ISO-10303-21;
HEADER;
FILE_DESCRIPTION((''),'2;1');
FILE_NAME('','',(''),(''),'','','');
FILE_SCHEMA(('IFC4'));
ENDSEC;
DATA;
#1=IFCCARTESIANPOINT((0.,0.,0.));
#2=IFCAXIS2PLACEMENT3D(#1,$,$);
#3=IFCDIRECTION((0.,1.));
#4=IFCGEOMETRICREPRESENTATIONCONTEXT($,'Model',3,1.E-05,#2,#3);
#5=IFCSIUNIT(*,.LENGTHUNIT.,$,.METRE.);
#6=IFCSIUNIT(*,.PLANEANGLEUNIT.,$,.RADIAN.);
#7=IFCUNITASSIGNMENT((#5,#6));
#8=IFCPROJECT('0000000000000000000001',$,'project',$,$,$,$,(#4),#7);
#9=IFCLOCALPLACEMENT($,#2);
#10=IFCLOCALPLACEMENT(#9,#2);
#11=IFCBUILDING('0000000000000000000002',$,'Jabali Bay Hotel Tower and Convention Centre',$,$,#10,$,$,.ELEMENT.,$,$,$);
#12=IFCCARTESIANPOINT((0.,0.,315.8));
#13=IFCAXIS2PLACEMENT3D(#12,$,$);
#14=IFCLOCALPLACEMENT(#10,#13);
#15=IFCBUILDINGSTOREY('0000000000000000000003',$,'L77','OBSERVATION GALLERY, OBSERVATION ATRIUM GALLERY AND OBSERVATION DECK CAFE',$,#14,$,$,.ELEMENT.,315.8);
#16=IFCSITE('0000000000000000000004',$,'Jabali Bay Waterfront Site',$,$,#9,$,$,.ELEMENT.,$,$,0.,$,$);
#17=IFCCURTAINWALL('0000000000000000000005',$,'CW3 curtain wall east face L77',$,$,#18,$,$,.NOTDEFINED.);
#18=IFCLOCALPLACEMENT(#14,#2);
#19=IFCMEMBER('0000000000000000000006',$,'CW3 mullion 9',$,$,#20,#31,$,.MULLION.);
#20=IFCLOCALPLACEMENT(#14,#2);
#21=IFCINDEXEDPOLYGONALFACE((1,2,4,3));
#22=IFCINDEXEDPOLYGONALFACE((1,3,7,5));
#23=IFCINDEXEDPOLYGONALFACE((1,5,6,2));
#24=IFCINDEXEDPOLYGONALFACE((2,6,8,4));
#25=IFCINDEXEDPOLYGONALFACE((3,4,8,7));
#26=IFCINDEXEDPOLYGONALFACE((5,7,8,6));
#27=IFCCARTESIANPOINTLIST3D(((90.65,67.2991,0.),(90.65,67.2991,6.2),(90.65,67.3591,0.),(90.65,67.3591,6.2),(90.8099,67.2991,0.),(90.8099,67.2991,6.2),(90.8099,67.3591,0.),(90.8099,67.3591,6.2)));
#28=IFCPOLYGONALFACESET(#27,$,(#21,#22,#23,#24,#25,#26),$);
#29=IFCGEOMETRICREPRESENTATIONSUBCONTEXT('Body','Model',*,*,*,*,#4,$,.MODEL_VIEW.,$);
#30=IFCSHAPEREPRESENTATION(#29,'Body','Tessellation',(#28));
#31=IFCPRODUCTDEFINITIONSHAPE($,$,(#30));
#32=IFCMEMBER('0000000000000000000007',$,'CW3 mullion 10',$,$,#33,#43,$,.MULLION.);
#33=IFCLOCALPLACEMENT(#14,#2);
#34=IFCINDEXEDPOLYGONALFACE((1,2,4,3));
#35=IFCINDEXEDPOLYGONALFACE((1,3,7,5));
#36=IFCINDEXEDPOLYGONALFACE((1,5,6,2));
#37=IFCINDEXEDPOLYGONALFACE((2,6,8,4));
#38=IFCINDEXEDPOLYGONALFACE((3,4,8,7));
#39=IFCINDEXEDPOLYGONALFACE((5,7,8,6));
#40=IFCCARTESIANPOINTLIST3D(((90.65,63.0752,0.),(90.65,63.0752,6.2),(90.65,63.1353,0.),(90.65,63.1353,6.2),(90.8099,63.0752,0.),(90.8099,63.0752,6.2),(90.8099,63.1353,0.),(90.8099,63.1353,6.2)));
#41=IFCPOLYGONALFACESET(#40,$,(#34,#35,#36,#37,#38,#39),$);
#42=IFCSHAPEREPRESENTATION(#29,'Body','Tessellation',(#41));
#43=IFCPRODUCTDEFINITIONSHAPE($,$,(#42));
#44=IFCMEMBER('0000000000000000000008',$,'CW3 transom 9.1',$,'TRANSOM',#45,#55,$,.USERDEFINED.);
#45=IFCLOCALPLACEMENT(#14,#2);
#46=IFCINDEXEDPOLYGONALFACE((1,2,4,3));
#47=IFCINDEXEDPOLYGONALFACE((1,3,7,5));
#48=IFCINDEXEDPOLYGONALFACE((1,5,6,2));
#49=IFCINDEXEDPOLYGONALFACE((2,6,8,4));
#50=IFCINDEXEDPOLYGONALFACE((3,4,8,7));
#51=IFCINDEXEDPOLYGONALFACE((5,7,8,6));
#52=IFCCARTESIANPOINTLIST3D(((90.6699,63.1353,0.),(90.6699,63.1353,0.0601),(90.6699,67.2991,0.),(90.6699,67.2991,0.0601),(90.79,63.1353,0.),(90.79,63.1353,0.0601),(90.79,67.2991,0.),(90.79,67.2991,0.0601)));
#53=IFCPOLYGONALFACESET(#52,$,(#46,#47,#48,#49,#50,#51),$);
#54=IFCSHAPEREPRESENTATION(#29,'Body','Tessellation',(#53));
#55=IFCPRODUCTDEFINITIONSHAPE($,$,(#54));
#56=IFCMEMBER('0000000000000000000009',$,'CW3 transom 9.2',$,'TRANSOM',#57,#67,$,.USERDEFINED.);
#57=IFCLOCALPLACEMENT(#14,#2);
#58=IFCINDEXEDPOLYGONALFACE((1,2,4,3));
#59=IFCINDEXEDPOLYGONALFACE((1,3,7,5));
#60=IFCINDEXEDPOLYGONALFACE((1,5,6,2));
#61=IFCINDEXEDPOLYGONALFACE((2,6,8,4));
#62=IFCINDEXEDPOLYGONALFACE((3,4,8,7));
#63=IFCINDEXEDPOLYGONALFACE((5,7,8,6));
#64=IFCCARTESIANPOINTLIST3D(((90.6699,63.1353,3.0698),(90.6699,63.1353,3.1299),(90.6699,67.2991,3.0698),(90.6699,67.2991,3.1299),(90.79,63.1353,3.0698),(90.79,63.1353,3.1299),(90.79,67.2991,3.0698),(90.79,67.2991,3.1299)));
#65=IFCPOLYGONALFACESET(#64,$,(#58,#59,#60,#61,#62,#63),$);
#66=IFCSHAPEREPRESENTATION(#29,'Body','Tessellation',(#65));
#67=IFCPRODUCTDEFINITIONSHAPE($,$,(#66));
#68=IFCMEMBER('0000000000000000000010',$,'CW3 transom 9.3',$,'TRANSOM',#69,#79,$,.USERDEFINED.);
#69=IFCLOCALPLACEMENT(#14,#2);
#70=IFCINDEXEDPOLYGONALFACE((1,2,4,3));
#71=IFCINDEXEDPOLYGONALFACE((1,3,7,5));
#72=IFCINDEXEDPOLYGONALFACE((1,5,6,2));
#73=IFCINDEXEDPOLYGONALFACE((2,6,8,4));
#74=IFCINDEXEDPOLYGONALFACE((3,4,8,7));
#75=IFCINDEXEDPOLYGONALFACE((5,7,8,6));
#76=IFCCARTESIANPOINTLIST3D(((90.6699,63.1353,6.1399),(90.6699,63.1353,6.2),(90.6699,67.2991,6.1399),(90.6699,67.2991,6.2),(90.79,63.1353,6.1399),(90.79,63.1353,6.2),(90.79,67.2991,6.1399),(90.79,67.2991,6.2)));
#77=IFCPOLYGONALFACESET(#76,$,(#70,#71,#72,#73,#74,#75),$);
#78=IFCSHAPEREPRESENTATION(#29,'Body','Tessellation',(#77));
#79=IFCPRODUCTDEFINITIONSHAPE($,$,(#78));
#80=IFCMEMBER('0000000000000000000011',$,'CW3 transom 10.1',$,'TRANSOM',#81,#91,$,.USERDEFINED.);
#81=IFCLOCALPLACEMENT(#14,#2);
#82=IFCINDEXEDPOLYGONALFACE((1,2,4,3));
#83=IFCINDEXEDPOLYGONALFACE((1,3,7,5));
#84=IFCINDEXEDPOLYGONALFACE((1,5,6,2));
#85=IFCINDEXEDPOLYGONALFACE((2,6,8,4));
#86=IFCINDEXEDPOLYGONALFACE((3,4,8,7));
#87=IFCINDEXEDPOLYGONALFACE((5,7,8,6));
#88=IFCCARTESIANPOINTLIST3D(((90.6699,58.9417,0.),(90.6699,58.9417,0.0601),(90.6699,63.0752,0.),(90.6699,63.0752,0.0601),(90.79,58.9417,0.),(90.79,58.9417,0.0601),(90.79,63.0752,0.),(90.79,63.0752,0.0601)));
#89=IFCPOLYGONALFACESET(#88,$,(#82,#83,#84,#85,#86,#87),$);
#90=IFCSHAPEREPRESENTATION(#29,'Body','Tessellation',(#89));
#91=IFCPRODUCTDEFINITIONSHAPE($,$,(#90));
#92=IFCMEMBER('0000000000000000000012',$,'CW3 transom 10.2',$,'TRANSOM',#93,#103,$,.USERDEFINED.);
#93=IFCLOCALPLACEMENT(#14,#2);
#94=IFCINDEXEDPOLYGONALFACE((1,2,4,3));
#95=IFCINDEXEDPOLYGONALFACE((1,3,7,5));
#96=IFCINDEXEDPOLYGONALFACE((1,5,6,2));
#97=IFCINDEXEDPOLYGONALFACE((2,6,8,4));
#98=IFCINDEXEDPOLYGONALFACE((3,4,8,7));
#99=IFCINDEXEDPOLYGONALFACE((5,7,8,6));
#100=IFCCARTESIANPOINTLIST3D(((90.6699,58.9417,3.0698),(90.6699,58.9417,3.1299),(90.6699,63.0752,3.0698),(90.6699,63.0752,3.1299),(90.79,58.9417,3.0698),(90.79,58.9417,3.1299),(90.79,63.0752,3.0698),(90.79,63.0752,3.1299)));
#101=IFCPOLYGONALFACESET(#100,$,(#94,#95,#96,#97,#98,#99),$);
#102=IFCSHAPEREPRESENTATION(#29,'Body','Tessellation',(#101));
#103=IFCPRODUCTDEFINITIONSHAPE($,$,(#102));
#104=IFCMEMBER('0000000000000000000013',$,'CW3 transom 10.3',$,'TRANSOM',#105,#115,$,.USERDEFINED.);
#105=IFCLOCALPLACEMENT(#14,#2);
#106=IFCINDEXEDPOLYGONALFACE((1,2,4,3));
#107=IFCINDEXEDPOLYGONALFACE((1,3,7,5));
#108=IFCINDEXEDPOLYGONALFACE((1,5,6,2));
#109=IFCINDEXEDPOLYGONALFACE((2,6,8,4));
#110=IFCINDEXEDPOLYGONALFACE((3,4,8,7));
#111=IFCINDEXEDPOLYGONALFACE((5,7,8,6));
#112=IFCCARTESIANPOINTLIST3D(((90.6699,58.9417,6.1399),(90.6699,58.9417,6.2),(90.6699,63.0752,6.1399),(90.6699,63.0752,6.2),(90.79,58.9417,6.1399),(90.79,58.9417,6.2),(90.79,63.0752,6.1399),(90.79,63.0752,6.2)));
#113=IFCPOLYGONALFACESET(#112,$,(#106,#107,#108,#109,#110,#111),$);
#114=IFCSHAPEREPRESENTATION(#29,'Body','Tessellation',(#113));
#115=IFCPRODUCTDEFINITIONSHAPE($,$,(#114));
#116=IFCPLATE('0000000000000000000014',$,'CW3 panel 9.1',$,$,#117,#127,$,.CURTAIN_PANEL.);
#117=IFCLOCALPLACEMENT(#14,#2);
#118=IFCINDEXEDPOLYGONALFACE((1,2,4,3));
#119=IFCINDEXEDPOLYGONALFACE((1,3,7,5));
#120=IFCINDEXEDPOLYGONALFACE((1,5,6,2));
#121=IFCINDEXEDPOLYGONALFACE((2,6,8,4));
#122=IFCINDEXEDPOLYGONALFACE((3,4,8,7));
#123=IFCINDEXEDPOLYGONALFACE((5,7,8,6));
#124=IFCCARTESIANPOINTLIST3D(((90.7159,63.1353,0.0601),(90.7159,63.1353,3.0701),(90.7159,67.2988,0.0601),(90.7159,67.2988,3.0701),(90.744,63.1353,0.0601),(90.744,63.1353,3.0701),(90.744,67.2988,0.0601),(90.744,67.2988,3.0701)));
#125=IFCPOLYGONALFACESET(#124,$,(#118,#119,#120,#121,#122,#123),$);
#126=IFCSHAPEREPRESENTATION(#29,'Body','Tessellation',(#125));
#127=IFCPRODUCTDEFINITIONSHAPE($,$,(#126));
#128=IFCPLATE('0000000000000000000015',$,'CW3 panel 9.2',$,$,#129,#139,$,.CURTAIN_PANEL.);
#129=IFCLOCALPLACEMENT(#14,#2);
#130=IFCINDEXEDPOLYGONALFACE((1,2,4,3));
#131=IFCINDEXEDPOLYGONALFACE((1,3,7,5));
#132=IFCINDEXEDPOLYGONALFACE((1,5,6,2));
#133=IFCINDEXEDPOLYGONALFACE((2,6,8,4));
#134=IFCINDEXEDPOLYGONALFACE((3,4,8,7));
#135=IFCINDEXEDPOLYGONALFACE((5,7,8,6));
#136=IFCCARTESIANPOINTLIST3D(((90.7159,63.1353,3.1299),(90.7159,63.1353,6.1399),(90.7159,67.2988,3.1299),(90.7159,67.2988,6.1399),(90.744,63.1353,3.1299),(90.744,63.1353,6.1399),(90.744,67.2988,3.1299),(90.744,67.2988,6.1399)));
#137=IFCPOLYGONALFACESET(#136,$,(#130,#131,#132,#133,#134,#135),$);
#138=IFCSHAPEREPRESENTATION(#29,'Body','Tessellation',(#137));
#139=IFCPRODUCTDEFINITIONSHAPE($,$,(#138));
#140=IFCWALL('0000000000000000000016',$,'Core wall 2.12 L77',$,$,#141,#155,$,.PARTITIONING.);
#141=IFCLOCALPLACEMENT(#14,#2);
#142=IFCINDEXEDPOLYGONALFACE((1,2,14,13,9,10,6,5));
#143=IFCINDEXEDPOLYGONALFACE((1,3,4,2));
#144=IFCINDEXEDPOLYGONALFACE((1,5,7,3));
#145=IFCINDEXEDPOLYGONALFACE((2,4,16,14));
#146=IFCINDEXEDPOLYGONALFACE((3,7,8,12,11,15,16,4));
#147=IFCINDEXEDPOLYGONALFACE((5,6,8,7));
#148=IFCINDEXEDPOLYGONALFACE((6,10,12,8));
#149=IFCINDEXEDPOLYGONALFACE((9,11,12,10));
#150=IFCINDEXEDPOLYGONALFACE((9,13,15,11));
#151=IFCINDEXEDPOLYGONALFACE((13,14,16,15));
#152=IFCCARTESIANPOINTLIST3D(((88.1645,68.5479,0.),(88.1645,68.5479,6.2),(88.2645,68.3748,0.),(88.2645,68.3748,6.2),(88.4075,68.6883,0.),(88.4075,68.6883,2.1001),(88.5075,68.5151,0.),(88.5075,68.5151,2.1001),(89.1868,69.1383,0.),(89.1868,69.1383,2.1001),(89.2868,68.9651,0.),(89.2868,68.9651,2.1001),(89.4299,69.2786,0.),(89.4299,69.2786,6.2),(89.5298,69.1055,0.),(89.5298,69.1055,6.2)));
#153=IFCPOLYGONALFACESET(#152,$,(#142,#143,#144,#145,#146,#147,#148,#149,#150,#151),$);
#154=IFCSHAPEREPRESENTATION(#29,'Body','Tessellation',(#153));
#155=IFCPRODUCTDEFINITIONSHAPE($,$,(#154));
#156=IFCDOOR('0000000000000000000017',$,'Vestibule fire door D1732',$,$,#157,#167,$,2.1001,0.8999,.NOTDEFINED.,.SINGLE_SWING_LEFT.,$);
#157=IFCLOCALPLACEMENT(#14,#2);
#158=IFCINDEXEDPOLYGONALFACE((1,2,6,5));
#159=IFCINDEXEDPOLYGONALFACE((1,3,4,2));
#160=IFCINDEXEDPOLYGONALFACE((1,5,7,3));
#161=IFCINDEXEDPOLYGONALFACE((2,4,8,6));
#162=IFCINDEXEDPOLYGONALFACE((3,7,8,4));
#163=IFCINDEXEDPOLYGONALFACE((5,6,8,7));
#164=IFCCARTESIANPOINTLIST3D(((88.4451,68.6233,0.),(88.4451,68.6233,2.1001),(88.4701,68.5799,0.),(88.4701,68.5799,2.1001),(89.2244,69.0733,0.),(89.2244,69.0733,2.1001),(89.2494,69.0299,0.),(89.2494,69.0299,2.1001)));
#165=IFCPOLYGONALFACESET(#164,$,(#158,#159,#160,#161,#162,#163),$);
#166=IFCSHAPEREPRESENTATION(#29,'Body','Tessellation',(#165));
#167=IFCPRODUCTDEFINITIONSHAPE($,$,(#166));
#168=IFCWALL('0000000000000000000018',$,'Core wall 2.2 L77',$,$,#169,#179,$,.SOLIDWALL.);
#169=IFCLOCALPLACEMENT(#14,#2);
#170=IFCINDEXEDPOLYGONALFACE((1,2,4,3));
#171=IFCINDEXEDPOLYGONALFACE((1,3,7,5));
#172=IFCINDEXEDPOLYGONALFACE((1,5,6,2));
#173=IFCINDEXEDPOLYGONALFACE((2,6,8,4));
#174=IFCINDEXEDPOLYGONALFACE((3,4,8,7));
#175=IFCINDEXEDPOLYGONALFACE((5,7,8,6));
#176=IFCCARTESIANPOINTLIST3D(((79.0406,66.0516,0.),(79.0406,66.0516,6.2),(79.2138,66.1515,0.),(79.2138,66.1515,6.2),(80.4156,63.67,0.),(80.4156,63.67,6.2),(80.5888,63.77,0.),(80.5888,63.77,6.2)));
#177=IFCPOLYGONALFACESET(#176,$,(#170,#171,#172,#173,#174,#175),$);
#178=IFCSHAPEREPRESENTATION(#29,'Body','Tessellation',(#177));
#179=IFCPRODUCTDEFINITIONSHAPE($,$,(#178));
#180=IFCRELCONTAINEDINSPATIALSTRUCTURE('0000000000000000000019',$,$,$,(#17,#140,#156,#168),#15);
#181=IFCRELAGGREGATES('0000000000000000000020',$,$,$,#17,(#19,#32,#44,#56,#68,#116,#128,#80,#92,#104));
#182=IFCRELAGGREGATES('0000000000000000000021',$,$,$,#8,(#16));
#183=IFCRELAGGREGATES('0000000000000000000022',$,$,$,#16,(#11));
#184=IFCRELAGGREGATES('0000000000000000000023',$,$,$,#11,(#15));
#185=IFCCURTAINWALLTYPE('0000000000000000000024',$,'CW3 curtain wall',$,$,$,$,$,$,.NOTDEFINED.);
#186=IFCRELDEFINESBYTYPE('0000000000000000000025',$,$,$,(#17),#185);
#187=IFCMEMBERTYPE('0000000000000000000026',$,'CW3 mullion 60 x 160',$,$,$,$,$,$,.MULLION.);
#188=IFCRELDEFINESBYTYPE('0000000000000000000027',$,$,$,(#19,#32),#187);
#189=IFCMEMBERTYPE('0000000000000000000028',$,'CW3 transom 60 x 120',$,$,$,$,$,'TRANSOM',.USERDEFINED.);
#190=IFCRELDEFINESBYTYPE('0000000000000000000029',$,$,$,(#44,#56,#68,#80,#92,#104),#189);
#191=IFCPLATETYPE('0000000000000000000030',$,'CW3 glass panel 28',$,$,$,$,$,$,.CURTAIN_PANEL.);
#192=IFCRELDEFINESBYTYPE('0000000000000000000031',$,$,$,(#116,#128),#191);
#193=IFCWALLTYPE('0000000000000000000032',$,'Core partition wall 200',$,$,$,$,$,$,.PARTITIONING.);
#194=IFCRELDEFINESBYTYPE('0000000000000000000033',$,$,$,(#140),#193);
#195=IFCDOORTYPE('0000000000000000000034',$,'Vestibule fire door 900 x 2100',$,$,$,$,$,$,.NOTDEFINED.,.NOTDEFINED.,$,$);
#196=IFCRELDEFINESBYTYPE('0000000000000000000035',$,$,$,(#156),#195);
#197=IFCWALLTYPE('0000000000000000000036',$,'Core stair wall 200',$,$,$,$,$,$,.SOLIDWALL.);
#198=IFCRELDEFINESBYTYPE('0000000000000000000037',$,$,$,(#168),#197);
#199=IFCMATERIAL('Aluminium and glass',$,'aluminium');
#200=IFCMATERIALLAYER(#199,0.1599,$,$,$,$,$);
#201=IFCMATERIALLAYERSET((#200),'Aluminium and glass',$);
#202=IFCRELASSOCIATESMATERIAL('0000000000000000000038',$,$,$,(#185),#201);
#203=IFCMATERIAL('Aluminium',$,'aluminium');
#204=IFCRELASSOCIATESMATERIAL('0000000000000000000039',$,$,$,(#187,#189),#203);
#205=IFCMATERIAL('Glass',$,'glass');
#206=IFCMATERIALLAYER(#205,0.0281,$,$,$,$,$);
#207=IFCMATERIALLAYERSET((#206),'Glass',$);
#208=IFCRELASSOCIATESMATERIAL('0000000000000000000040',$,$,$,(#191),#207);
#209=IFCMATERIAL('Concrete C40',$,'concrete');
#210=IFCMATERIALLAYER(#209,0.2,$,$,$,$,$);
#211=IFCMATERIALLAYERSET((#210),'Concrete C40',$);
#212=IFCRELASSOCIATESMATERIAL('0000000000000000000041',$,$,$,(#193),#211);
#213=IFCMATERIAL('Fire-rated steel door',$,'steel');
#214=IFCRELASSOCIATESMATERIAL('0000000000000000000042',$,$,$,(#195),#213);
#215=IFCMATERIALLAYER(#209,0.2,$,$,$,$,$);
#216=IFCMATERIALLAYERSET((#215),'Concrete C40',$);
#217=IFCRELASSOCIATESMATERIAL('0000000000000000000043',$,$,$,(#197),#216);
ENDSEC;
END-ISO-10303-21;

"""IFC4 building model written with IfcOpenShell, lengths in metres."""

from ifc_helpers import new_model, si_unit, direction, frame, frame_2d, origin, origin_2d, place, context, subcontext, project, spatial, rectangle, extrude, material, layer, layer_set, material_profile, profile_set, type_object, element, fill, aggregate, save


model = new_model("IFC4")

# Units and contexts
model_context = context("Model", 3, precision=1e-05, world=origin(), true_north=direction((0.0, 1.0)))
body_context = subcontext(model_context, "Body", "Model", "MODEL_VIEW")
ifc_project = project(units=[si_unit("LENGTHUNIT", "METRE"), si_unit("PLANEANGLEUNIT", "RADIAN")], contexts=[model_context])

# Site, building, storey
site_placement = place(None, origin())
site = spatial("IfcSite", under=ifc_project, at=site_placement, Name="Jabali Bay Waterfront Site", CompositionType="ELEMENT", RefElevation=0.0)
building_placement = place(site_placement, origin())
building = spatial("IfcBuilding", under=site, at=building_placement, Name="Jabali Bay Hotel Tower and Convention Centre", CompositionType="ELEMENT")
storey_placement = place(building_placement, frame((0.0, 0.0, 315.8)))
storey = spatial("IfcBuildingStorey", under=building, at=storey_placement, Name="L77", Description="OBSERVATION GALLERY, OBSERVATION ATRIUM GALLERY AND OBSERVATION DECK CAFE", CompositionType="ELEMENT", Elevation=315.8)

# Curtain wall, members, plates
ifc_material_1 = material(Name="Aluminium and glass", Category="aluminium")
ifc_layer_1 = layer(ifc_material_1, 0.1599)
ifc_layer_set_1 = layer_set([ifc_layer_1], Name="Aluminium and glass")
curtain_wall_type = type_object("IfcCurtainWallType", Name="CW3 curtain wall", PredefinedType="NOTDEFINED", material=ifc_layer_set_1)
curtain_wall_placement = place(storey_placement, origin())
curtain_wall = element("IfcCurtainWall", 1, at=curtain_wall_placement, inside=storey, type_object=curtain_wall_type, Name="CW3 curtain wall east face L77", PredefinedType="NOTDEFINED")
ifc_material_2 = material(Name="Aluminium", Category="aluminium")
ifc_material_profile_1 = material_profile(ifc_material_2, rectangle(XDim=0.1599, YDim=0.0601, at=origin_2d()), Name="CW3 mullion 60 x 160")
ifc_profile_set_1 = profile_set([ifc_material_profile_1], Name="Aluminium")
member_type_1 = type_object("IfcMemberType", Name="CW3 mullion 60 x 160", PredefinedType="MULLION", material=ifc_profile_set_1)
member_1_placement = place(storey_placement, frame((90.73, 67.3291, 0.0), z_axis=(0.0, 0.0, 1.0), x_axis=(1.0, 0.0, 0.0)))
member_1 = element("IfcMember", 2, at=member_1_placement, type_object=member_type_1, Name="CW3 mullion 9", PredefinedType="MULLION", context=body_context, shape_type="SweptSolid", body=[
    extrude(rectangle(XDim=0.1599, YDim=0.0601, at=origin_2d()), origin(), (0.0, 0.0, 1.0), 6.2),
])
member_2_placement = place(storey_placement, frame((90.73, 63.1052, 0.0), z_axis=(0.0, 0.0, 1.0), x_axis=(1.0, 0.0, 0.0)))
member_2 = element("IfcMember", 3, at=member_2_placement, type_object=member_type_1, Name="CW3 mullion 10", PredefinedType="MULLION", context=body_context, shape_type="SweptSolid", body=[
    extrude(rectangle(XDim=0.1599, YDim=0.0601, at=origin_2d()), origin(), (0.0, 0.0, 1.0), 6.2),
])
ifc_material_profile_2 = material_profile(ifc_material_2, rectangle(XDim=0.1201, YDim=0.0601, at=origin_2d()), Name="CW3 transom 60 x 120")
ifc_profile_set_2 = profile_set([ifc_material_profile_2], Name="Aluminium")
member_type_2 = type_object("IfcMemberType", Name="CW3 transom 60 x 120", ElementType="TRANSOM", PredefinedType="USERDEFINED", material=ifc_profile_set_2)
member_3_placement = place(storey_placement, frame((90.73, 67.2991, 0.03), z_axis=(0.0, -1.0, 0.0), x_axis=(1.0, 0.0, 0.0)))
member_3 = element("IfcMember", 4, at=member_3_placement, type_object=member_type_2, Name="CW3 transom 9.1", ObjectType="TRANSOM", PredefinedType="USERDEFINED", context=body_context, shape_type="SweptSolid", body=[
    extrude(rectangle(XDim=0.1201, YDim=0.0601, at=origin_2d()), origin(), (0.0, 0.0, 1.0), 4.1638),
])
member_4_placement = place(storey_placement, frame((90.73, 67.2991, 3.0999), z_axis=(0.0, -1.0, 0.0), x_axis=(1.0, 0.0, 0.0)))
member_4 = element("IfcMember", 5, at=member_4_placement, type_object=member_type_2, Name="CW3 transom 9.2", ObjectType="TRANSOM", PredefinedType="USERDEFINED", context=body_context, shape_type="SweptSolid", body=[
    extrude(rectangle(XDim=0.1201, YDim=0.0601, at=origin_2d()), origin(), (0.0, 0.0, 1.0), 4.1638),
])
member_5_placement = place(storey_placement, frame((90.73, 67.2991, 6.1699), z_axis=(0.0, -1.0, 0.0), x_axis=(1.0, 0.0, 0.0)))
member_5 = element("IfcMember", 6, at=member_5_placement, type_object=member_type_2, Name="CW3 transom 9.3", ObjectType="TRANSOM", PredefinedType="USERDEFINED", context=body_context, shape_type="SweptSolid", body=[
    extrude(rectangle(XDim=0.1201, YDim=0.0601, at=origin_2d()), origin(), (0.0, 0.0, 1.0), 4.1638),
])
member_6_placement = place(storey_placement, frame((90.73, 63.0752, 0.03), z_axis=(0.0, -1.0, 0.0), x_axis=(1.0, 0.0, 0.0)))
member_6 = element("IfcMember", 7, at=member_6_placement, type_object=member_type_2, Name="CW3 transom 10.1", ObjectType="TRANSOM", PredefinedType="USERDEFINED", context=body_context, shape_type="SweptSolid", body=[
    extrude(rectangle(XDim=0.1201, YDim=0.0601, at=origin_2d()), origin(), (0.0, 0.0, 1.0), 4.1335),
])
member_7_placement = place(storey_placement, frame((90.73, 63.0752, 3.0999), z_axis=(0.0, -1.0, 0.0), x_axis=(1.0, 0.0, 0.0)))
member_7 = element("IfcMember", 8, at=member_7_placement, type_object=member_type_2, Name="CW3 transom 10.2", ObjectType="TRANSOM", PredefinedType="USERDEFINED", context=body_context, shape_type="SweptSolid", body=[
    extrude(rectangle(XDim=0.1201, YDim=0.0601, at=origin_2d()), origin(), (0.0, 0.0, 1.0), 4.1335),
])
member_8_placement = place(storey_placement, frame((90.73, 63.0752, 6.1699), z_axis=(0.0, -1.0, 0.0), x_axis=(1.0, 0.0, 0.0)))
member_8 = element("IfcMember", 9, at=member_8_placement, type_object=member_type_2, Name="CW3 transom 10.3", ObjectType="TRANSOM", PredefinedType="USERDEFINED", context=body_context, shape_type="SweptSolid", body=[
    extrude(rectangle(XDim=0.1201, YDim=0.0601, at=origin_2d()), origin(), (0.0, 0.0, 1.0), 4.1335),
])
ifc_material_3 = material(Name="Glass", Category="glass")
ifc_layer_2 = layer(ifc_material_3, 0.0281)
ifc_layer_set_2 = layer_set([ifc_layer_2], Name="Glass")
plate_type = type_object("IfcPlateType", Name="CW3 glass panel 28", PredefinedType="CURTAIN_PANEL", material=ifc_layer_set_2)
plate_1_placement = place(storey_placement, frame((90.73, 65.217, 0.0601), z_axis=(0.0, 0.0, 1.0), x_axis=(0.0, -1.0, 0.0)))
plate_1 = element("IfcPlate", 10, at=plate_1_placement, type_object=plate_type, Name="CW3 panel 9.1", PredefinedType="CURTAIN_PANEL", context=body_context, shape_type="SweptSolid", body=[
    extrude(rectangle(XDim=4.1636, YDim=0.0281, at=origin_2d()), origin(), (0.0, 0.0, 1.0), 3.01),
])
plate_2_placement = place(storey_placement, frame((90.73, 65.217, 3.1299), z_axis=(0.0, 0.0, 1.0), x_axis=(0.0, -1.0, 0.0)))
plate_2 = element("IfcPlate", 11, at=plate_2_placement, type_object=plate_type, Name="CW3 panel 9.2", PredefinedType="CURTAIN_PANEL", context=body_context, shape_type="SweptSolid", body=[
    extrude(rectangle(XDim=4.1636, YDim=0.0281, at=origin_2d()), origin(), (0.0, 0.0, 1.0), 3.01),
])
aggregate(curtain_wall, [member_1, member_2, member_3, member_4, member_5, plate_1, plate_2, member_6, member_7, member_8])

# Wall, opening, door
ifc_material_4 = material(Name="Concrete C40", Category="concrete")
ifc_layer_3 = layer(ifc_material_4, 0.2)
ifc_layer_set_3 = layer_set([ifc_layer_3], Name="Concrete C40")
wall_type_1 = type_object("IfcWallType", Name="Core partition wall 200", PredefinedType="PARTITIONING", material=ifc_layer_set_3)
wall_1_placement = place(storey_placement, frame((88.2146, 68.4614, 0.0), z_axis=(0.0, 0.0, 1.0), x_axis=(0.865982, 0.500074, 0.0)))
wall_1 = element("IfcWall", 12, at=wall_1_placement, inside=storey, type_object=wall_type_1, Name="Core wall 2.12 L77", PredefinedType="PARTITIONING", context=body_context, shape_type="SweptSolid", body=[
    extrude(rectangle(XDim=1.4612, YDim=0.2, at=frame_2d((0.7305, 0.0))), origin(), (0.0, 0.0, 1.0), 6.2),
])
opening_1_placement = place(wall_1_placement, frame((0.2805, 0.0, 0.0)))
opening_1 = element("IfcOpeningElement", 13, at=opening_1_placement, cuts=wall_1, PredefinedType="OPENING", context=body_context, shape_type="SweptSolid", body=[
    extrude(rectangle(XDim=0.8999, YDim=2.1001, at=frame_2d((0.45, 1.05))), frame((0.0, 0.1104, 0.0), z_axis=(0.0, -1.0, 0.0), x_axis=(1.0, 0.0, 0.0)), (0.0, 0.0, 1.0), 0.2209),
])
ifc_material_5 = material(Name="Fire-rated steel door", Category="steel")
door_type_1 = type_object("IfcDoorType", Name="Vestibule fire door 900 x 2100", OperationType="NOTDEFINED", PredefinedType="NOTDEFINED", material=ifc_material_5)
door_1_placement = place(opening_1_placement, origin())
door_1 = element("IfcDoor", 14, at=door_1_placement, inside=storey, type_object=door_type_1, Name="Vestibule fire door D1732", OperationType="SINGLE_SWING_LEFT", OverallHeight=2.1001, OverallWidth=0.8999, PredefinedType="NOTDEFINED", context=body_context, shape_type="SweptSolid", body=[
    extrude(rectangle(XDim=0.8999, YDim=2.1001, at=frame_2d((0.45, 1.05))), frame((0.0, 0.0249, 0.0), z_axis=(0.0, -1.0, 0.0), x_axis=(1.0, 0.0, 0.0)), (0.0, 0.0, 1.0), 0.05),
])
fill(opening_1, door_1)

# Wall
ifc_layer_4 = layer(ifc_material_4, 0.2)
ifc_layer_set_4 = layer_set([ifc_layer_4], Name="Concrete C40")
wall_type_2 = type_object("IfcWallType", Name="Core stair wall 200", PredefinedType="SOLIDWALL", material=ifc_layer_set_4)
wall_2_placement = place(storey_placement, frame((79.1272, 66.1016, 0.0), z_axis=(0.0, 0.0, 1.0), x_axis=(0.499997, -0.866027, 0.0)))
element("IfcWall", 15, at=wall_2_placement, inside=storey, type_object=wall_type_2, Name="Core wall 2.2 L77", PredefinedType="SOLIDWALL", context=body_context, shape_type="SweptSolid", body=[
    extrude(rectangle(XDim=2.75, YDim=0.2, at=frame_2d((1.375, 0.0))), origin(), (0.0, 0.0, 1.0), 6.2),
])

save(model, "model.ifc")
